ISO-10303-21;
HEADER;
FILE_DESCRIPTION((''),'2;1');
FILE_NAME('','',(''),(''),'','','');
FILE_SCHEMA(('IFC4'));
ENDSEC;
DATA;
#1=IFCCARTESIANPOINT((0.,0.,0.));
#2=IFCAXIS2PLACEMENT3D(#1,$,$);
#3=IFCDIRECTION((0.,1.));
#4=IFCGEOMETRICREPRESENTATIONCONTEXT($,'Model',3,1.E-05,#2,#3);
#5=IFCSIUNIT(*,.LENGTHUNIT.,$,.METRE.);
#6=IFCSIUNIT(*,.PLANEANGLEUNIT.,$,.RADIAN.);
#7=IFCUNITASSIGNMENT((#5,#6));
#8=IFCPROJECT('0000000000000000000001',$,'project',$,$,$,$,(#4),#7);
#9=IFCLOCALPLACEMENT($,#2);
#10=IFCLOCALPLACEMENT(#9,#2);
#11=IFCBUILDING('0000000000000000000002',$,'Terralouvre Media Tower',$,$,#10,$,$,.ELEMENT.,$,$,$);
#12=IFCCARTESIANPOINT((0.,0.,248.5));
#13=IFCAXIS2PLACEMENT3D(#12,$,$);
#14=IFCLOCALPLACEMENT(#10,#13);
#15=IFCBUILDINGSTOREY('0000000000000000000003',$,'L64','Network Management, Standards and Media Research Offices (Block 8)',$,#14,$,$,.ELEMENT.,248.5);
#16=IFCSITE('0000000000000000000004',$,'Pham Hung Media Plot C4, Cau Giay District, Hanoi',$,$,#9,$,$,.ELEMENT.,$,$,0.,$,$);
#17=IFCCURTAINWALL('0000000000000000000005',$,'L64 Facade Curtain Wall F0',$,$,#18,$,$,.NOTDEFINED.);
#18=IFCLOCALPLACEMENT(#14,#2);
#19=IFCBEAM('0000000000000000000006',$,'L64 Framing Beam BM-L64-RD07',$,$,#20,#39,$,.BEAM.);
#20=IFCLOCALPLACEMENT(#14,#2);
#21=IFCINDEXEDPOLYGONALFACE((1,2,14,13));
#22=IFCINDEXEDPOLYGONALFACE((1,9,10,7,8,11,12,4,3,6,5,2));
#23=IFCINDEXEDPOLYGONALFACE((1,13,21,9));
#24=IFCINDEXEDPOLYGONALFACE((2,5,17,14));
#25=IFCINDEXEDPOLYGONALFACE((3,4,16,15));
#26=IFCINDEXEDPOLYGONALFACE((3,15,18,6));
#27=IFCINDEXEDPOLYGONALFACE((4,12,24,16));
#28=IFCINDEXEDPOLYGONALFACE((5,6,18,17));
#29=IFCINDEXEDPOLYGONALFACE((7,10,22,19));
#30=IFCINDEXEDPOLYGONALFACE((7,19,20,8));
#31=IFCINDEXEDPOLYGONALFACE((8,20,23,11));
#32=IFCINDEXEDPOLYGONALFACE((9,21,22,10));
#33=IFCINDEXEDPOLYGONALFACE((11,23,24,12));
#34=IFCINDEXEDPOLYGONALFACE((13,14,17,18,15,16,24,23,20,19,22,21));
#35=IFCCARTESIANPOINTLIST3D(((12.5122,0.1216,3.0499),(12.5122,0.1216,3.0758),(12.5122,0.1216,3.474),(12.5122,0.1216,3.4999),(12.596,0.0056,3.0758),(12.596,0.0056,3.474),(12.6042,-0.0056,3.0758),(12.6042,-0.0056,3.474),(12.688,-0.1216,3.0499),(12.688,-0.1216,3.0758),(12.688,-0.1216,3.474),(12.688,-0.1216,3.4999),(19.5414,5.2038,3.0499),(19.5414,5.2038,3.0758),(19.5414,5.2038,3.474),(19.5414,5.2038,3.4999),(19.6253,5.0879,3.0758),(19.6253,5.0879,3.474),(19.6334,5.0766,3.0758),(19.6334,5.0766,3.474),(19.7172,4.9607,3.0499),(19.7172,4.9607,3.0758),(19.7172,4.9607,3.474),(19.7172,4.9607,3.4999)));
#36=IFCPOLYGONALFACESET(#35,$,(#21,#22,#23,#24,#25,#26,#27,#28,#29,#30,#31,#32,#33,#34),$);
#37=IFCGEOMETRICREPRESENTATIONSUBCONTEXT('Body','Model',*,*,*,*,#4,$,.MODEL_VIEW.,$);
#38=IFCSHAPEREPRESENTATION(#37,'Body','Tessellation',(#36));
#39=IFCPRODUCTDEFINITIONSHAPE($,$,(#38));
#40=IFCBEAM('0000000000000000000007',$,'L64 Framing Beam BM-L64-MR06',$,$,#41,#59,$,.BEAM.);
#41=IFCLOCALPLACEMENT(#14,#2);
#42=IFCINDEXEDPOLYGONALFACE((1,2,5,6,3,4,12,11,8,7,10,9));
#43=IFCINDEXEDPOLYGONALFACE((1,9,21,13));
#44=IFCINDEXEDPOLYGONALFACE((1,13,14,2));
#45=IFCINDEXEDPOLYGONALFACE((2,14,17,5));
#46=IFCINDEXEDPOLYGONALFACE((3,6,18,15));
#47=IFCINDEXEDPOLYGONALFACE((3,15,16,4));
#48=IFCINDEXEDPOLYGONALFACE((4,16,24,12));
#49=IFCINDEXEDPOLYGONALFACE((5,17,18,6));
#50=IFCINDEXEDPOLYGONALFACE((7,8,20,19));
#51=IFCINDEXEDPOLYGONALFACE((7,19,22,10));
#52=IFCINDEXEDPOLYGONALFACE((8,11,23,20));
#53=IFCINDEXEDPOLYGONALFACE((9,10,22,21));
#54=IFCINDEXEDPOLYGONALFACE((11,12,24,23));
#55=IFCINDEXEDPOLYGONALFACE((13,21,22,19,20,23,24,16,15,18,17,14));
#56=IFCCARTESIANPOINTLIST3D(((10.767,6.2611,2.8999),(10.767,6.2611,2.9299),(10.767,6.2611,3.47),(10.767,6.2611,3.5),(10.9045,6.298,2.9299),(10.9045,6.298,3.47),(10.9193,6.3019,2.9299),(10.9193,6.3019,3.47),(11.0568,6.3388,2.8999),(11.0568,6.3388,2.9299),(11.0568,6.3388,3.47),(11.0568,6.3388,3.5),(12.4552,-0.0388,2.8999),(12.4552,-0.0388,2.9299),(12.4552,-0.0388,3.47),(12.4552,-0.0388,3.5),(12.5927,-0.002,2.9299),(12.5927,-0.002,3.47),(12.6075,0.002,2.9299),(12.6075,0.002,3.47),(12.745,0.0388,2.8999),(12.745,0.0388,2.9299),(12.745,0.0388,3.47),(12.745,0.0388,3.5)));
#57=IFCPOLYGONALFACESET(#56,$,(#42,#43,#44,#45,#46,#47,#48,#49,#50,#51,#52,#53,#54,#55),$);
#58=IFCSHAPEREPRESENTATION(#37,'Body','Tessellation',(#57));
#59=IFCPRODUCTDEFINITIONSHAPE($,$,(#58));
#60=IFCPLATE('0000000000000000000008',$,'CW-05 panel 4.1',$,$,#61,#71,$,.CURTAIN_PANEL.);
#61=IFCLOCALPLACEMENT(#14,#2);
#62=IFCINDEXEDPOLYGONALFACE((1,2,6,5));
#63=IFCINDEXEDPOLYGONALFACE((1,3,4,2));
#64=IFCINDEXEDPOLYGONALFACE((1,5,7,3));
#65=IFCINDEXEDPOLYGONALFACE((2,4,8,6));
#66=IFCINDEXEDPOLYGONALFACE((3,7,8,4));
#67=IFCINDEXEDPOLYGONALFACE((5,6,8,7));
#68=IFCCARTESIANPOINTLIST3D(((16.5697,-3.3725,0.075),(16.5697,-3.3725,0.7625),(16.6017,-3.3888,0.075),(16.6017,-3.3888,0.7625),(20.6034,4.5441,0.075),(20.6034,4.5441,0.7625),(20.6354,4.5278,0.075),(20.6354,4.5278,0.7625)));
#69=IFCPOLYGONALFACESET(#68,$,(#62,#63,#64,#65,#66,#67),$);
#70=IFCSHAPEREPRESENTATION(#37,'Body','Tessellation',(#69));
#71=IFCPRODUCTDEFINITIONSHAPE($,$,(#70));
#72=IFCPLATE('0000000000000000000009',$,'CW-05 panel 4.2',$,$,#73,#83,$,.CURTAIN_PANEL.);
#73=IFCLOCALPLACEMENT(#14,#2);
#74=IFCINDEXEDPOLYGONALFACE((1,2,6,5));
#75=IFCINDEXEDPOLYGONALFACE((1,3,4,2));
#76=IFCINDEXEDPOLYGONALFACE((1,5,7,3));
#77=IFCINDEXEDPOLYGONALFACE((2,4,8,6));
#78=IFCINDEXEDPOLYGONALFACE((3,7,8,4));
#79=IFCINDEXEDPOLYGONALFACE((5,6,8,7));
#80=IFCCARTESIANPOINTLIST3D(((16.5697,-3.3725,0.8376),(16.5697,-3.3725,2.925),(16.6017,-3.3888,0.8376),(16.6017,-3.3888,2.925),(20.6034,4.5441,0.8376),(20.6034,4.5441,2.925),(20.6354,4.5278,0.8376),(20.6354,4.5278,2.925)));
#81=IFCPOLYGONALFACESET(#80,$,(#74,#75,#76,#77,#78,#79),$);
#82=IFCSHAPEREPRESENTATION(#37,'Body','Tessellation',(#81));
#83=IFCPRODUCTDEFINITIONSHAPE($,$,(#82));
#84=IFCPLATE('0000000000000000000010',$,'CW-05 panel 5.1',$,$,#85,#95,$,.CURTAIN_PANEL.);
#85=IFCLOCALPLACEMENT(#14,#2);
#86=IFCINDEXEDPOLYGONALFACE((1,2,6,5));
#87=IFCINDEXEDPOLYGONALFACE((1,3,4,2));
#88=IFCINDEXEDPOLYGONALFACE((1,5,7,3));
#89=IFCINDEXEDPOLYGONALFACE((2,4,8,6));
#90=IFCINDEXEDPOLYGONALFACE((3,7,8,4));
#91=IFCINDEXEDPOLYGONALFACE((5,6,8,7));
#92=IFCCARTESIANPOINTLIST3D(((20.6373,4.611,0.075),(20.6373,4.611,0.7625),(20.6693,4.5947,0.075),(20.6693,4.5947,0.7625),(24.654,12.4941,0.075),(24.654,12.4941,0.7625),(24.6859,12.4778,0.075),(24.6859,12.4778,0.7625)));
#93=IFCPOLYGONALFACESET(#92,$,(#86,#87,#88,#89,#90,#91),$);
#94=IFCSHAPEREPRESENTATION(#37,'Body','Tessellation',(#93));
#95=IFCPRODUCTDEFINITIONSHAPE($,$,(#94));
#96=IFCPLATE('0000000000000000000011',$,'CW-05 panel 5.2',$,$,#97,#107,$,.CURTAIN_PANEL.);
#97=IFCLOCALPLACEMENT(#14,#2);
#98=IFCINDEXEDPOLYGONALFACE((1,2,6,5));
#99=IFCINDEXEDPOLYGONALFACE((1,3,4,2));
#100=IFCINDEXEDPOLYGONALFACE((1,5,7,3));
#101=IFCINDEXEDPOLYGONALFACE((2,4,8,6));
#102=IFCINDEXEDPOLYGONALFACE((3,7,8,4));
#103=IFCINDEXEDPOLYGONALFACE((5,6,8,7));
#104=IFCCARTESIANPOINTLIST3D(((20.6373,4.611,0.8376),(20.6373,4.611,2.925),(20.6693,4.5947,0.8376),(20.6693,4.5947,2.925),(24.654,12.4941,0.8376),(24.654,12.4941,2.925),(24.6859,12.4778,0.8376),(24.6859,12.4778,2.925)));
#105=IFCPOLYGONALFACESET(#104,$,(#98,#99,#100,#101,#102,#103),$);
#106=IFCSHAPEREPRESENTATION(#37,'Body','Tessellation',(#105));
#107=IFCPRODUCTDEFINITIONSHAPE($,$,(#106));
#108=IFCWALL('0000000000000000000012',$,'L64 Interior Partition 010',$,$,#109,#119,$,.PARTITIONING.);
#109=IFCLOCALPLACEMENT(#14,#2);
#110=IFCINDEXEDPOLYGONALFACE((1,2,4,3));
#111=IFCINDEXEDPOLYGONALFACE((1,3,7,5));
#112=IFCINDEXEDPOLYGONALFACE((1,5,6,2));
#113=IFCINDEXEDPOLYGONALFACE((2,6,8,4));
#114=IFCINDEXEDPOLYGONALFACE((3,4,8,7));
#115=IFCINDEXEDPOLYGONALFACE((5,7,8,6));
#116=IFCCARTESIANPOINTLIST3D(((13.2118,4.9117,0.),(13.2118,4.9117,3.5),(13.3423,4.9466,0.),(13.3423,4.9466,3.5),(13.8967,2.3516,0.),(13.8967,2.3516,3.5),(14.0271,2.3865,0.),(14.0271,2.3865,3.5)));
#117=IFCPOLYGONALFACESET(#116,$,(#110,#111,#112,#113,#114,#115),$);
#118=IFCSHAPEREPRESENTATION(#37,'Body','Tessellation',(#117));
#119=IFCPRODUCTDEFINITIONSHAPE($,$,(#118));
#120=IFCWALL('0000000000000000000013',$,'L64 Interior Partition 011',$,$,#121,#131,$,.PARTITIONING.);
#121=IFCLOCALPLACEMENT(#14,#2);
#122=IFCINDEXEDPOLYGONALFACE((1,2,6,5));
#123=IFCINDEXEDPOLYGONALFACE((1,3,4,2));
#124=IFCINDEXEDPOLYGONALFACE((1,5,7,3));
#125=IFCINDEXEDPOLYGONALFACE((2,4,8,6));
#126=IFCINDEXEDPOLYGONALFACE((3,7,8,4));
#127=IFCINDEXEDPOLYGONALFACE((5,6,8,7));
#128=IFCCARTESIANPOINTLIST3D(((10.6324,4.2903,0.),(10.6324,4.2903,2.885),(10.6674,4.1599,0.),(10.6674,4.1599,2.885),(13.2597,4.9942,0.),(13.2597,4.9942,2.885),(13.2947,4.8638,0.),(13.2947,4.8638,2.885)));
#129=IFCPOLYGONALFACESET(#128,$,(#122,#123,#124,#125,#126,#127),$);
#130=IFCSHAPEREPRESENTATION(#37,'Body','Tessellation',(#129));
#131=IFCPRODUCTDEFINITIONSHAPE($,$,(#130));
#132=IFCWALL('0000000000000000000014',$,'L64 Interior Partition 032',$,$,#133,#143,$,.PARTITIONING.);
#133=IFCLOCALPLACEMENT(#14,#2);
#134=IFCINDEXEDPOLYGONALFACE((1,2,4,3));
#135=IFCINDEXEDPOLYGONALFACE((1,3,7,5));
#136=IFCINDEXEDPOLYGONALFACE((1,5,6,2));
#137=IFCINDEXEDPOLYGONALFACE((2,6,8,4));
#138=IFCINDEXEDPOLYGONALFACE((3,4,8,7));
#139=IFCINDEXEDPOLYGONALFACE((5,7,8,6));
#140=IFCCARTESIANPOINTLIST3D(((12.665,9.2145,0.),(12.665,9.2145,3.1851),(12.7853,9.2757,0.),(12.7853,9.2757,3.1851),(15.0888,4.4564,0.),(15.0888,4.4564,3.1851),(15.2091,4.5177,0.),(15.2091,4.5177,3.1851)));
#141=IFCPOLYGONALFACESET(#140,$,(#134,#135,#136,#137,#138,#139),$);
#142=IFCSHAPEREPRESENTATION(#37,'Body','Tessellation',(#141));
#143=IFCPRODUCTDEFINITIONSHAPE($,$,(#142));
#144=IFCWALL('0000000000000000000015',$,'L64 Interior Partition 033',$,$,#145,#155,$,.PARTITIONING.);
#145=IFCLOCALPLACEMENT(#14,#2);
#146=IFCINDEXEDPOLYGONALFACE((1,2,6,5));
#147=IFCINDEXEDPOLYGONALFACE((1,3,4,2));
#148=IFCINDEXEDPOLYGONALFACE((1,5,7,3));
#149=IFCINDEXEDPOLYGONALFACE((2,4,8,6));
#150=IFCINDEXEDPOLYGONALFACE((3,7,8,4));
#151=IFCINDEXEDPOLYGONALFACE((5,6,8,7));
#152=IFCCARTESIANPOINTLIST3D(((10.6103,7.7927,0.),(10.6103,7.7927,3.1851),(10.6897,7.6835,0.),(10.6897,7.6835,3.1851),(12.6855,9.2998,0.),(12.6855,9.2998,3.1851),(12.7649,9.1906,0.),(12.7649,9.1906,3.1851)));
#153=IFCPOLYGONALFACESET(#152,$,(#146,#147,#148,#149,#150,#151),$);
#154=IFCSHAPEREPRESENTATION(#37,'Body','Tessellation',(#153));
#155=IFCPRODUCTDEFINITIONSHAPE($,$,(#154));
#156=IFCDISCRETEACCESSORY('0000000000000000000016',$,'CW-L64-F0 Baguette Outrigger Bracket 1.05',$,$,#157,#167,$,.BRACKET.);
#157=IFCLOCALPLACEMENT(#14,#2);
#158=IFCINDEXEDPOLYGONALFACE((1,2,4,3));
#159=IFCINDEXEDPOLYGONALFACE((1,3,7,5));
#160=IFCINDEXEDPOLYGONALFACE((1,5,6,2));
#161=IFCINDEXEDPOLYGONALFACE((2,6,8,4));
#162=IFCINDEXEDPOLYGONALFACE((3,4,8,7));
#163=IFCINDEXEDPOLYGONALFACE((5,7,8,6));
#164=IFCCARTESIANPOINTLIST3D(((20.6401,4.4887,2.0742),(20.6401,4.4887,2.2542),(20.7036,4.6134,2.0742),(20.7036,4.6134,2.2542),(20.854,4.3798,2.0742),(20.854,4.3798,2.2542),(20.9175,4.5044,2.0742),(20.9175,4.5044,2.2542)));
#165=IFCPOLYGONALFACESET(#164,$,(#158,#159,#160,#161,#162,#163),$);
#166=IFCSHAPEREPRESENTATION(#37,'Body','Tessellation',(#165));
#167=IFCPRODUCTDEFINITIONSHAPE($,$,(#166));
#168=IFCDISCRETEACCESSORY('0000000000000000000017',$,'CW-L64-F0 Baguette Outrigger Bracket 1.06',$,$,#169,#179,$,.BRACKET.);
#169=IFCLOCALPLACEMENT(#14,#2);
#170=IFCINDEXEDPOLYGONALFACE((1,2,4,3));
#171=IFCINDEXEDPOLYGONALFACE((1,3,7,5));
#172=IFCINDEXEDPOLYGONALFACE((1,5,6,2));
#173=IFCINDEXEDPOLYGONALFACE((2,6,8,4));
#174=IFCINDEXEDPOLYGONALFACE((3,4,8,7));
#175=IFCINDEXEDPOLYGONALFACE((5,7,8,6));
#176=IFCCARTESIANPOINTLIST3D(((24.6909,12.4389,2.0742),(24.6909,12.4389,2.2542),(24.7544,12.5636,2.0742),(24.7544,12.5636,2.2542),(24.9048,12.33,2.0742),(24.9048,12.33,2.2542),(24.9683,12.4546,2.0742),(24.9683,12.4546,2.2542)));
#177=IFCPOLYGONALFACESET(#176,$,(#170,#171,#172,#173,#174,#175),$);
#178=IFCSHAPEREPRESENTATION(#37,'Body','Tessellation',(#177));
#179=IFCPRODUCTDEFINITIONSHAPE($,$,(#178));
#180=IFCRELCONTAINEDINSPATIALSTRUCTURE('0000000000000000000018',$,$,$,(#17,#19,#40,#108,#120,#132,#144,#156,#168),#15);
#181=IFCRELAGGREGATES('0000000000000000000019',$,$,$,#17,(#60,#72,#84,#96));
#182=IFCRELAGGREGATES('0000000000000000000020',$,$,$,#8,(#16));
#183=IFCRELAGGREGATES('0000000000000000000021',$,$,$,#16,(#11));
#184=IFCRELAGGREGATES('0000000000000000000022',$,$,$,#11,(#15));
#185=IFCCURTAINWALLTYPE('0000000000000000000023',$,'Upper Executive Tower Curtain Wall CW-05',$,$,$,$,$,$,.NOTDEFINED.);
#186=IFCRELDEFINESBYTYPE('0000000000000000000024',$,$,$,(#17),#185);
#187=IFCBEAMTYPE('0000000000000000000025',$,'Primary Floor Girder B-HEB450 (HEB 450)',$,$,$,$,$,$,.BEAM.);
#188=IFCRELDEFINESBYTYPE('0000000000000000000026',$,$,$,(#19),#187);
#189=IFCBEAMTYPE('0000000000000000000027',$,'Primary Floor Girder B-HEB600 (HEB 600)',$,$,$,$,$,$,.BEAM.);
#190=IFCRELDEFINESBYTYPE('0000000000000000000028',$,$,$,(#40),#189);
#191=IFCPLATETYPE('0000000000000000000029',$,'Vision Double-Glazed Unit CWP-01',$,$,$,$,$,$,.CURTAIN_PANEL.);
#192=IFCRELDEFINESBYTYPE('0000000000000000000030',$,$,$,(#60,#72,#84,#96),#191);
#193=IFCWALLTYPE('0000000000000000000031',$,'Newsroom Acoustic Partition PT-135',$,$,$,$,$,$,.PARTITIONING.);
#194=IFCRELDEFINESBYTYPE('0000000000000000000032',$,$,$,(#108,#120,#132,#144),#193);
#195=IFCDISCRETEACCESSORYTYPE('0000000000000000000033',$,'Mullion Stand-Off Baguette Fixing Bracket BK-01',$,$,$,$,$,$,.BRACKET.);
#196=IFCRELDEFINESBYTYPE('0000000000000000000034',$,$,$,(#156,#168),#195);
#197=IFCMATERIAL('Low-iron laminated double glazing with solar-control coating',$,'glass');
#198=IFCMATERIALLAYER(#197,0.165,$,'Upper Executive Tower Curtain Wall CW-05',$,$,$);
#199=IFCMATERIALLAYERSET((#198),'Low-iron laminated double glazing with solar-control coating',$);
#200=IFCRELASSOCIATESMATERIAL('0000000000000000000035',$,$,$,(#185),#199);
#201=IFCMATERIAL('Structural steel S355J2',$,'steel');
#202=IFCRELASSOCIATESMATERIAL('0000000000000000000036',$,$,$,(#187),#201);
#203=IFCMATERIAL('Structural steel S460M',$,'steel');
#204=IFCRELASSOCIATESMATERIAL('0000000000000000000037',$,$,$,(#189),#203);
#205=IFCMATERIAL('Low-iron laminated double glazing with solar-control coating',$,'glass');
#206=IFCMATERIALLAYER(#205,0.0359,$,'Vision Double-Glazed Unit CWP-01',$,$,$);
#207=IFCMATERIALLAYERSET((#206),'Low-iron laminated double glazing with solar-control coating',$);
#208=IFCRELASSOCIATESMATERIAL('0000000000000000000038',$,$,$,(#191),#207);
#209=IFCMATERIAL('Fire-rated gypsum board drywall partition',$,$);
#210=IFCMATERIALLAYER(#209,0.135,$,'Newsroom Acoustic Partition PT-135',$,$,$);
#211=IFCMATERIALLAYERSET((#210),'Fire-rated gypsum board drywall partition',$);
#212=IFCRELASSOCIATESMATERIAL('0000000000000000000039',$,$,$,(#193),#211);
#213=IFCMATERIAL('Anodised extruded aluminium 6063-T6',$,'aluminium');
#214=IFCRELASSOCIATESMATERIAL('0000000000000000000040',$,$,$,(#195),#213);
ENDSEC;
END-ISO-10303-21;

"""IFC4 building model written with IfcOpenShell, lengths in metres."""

from ifc_helpers import new_model, si_unit, direction, frame, frame_2d, origin, origin_2d, place, context, subcontext, project, spatial, rectangle, i_section, extrude, material, layer, layer_set, material_profile, profile_set, type_object, element, aggregate, save


model = new_model("IFC4")

# Units and contexts
model_context = context("Model", 3, precision=1e-05, world=origin(), true_north=direction((0.0, 1.0)))
body_context = subcontext(model_context, "Body", "Model", "MODEL_VIEW")
ifc_project = project(units=[si_unit("LENGTHUNIT", "METRE"), si_unit("PLANEANGLEUNIT", "RADIAN")], contexts=[model_context])

# Site, building, storey
site_placement = place(None, origin())
site = spatial("IfcSite", under=ifc_project, at=site_placement, Name="Pham Hung Media Plot C4, Cau Giay District, Hanoi", CompositionType="ELEMENT", RefElevation=0.0)
building_placement = place(site_placement, origin())
building = spatial("IfcBuilding", under=site, at=building_placement, Name="Terralouvre Media Tower", CompositionType="ELEMENT")
storey_placement = place(building_placement, frame((0.0, 0.0, 248.5)))
storey = spatial("IfcBuildingStorey", under=building, at=storey_placement, Name="L64", Description="Network Management, Standards and Media Research Offices (Block 8)", CompositionType="ELEMENT", Elevation=248.5)

# Curtain wall
ifc_material_1 = material(Name="Low-iron laminated double glazing with solar-control coating", Category="glass")
ifc_layer_1 = layer(ifc_material_1, 0.165, Name="Upper Executive Tower Curtain Wall CW-05")
ifc_layer_set_1 = layer_set([ifc_layer_1], Name="Low-iron laminated double glazing with solar-control coating")
curtain_wall_type_1 = type_object("IfcCurtainWallType", Name="Upper Executive Tower Curtain Wall CW-05", PredefinedType="NOTDEFINED", material=ifc_layer_set_1)
curtain_wall_1_placement = place(storey_placement, origin())
curtain_wall_1 = element("IfcCurtainWall", 1, at=curtain_wall_1_placement, inside=storey, type_object=curtain_wall_type_1, Name="L64 Facade Curtain Wall F0", PredefinedType="NOTDEFINED")

# Beams
ifc_material_2 = material(Name="Structural steel S355J2", Category="steel")
ifc_material_profile_1 = material_profile(ifc_material_2, i_section(OverallWidth=0.3, OverallDepth=0.45, WebThickness=0.0139, FlangeThickness=0.0259, at=origin_2d()), Name="HEB 450")
ifc_profile_set_1 = profile_set([ifc_material_profile_1], Name="Structural steel S355J2")
beam_type_1 = type_object("IfcBeamType", Name="Primary Floor Girder B-HEB450 (HEB 450)", PredefinedType="BEAM", material=ifc_profile_set_1)
beam_1_placement = place(storey_placement, frame((12.6001, 0.0, 3.2749), z_axis=(0.810375, 0.585912, 0.0), x_axis=(-0.585912, 0.810375, 0.0)))
element("IfcBeam", 2, at=beam_1_placement, inside=storey, type_object=beam_type_1, Name="L64 Framing Beam BM-L64-RD07", PredefinedType="BEAM", context=body_context, shape_type="SweptSolid", body=[
    extrude(i_section(OverallWidth=0.3, OverallDepth=0.45, WebThickness=0.0139, FlangeThickness=0.0259, at=origin_2d()), origin(), (0.0, 0.0, 1.0), 8.6741),
])
ifc_material_3 = material(Name="Structural steel S460M", Category="steel")
ifc_material_profile_2 = material_profile(ifc_material_3, i_section(OverallWidth=0.3, OverallDepth=0.6001, WebThickness=0.0154, FlangeThickness=0.03, at=origin_2d()), Name="HEB 600")
ifc_profile_set_2 = profile_set([ifc_material_profile_2], Name="Structural steel S460M")
beam_type_2 = type_object("IfcBeamType", Name="Primary Floor Girder B-HEB600 (HEB 600)", PredefinedType="BEAM", material=ifc_profile_set_2)
beam_2_placement = place(storey_placement, frame((12.6001, 0.0, 3.2), z_axis=(-0.258839, 0.96592, 0.0), x_axis=(-0.96592, -0.258839, 0.0)))
element("IfcBeam", 3, at=beam_2_placement, inside=storey, type_object=beam_type_2, Name="L64 Framing Beam BM-L64-MR06", PredefinedType="BEAM", context=body_context, shape_type="SweptSolid", body=[
    extrude(i_section(OverallWidth=0.3, OverallDepth=0.6001, WebThickness=0.0154, FlangeThickness=0.03, at=origin_2d()), origin(), (0.0, 0.0, 1.0), 6.5222),
])

# Plates
ifc_material_4 = material(Name="Low-iron laminated double glazing with solar-control coating", Category="glass")
ifc_layer_2 = layer(ifc_material_4, 0.0359, Name="Vision Double-Glazed Unit CWP-01")
ifc_layer_set_2 = layer_set([ifc_layer_2], Name="Low-iron laminated double glazing with solar-control coating")
plate_type = type_object("IfcPlateType", Name="Vision Double-Glazed Unit CWP-01", PredefinedType="CURTAIN_PANEL", material=ifc_layer_set_2)
plate_1_placement = place(storey_placement, frame((18.6025, 0.5776, 0.075), z_axis=(0.0, 0.0, 1.0), x_axis=(0.45399, 0.891007, 0.0)))
plate_1 = element("IfcPlate", 4, at=plate_1_placement, type_object=plate_type, Name="CW-05 panel 4.1", PredefinedType="CURTAIN_PANEL", context=body_context, shape_type="SweptSolid", body=[
    extrude(rectangle(XDim=8.885, YDim=0.0359, at=origin_2d()), origin(), (0.0, 0.0, 1.0), 0.6875),
])
plate_2_placement = place(storey_placement, frame((18.6025, 0.5776, 0.8376), z_axis=(0.0, 0.0, 1.0), x_axis=(0.45399, 0.891007, 0.0)))
plate_2 = element("IfcPlate", 5, at=plate_2_placement, type_object=plate_type, Name="CW-05 panel 4.2", PredefinedType="CURTAIN_PANEL", context=body_context, shape_type="SweptSolid", body=[
    extrude(rectangle(XDim=8.885, YDim=0.0359, at=origin_2d()), origin(), (0.0, 0.0, 1.0), 2.0874),
])
plate_3_placement = place(storey_placement, frame((22.6616, 8.5444, 0.075), z_axis=(0.0, 0.0, 1.0), x_axis=(0.45399, 0.891007, 0.0)))
plate_3 = element("IfcPlate", 6, at=plate_3_placement, type_object=plate_type, Name="CW-05 panel 5.1", PredefinedType="CURTAIN_PANEL", context=body_context, shape_type="SweptSolid", body=[
    extrude(rectangle(XDim=8.8474, YDim=0.0359, at=origin_2d()), origin(), (0.0, 0.0, 1.0), 0.6875),
])
plate_4_placement = place(storey_placement, frame((22.6616, 8.5444, 0.8376), z_axis=(0.0, 0.0, 1.0), x_axis=(0.45399, 0.891007, 0.0)))
plate_4 = element("IfcPlate", 7, at=plate_4_placement, type_object=plate_type, Name="CW-05 panel 5.2", PredefinedType="CURTAIN_PANEL", context=body_context, shape_type="SweptSolid", body=[
    extrude(rectangle(XDim=8.8474, YDim=0.0359, at=origin_2d()), origin(), (0.0, 0.0, 1.0), 2.0874),
])
aggregate(curtain_wall_1, [plate_1, plate_2, plate_3, plate_4])

# Walls
ifc_material_5 = material(Name="Fire-rated gypsum board drywall partition")
ifc_layer_3 = layer(ifc_material_5, 0.135, Name="Newsroom Acoustic Partition PT-135")
ifc_layer_set_3 = layer_set([ifc_layer_3], Name="Fire-rated gypsum board drywall partition")
wall_type = type_object("IfcWallType", Name="Newsroom Acoustic Partition PT-135", PredefinedType="PARTITIONING", material=ifc_layer_set_3)
wall_1_placement = place(storey_placement, frame((13.9619, 2.3689, 0.0), z_axis=(0.0, 0.0, 1.0), x_axis=(-0.258414, 0.966034, 0.0)))
element("IfcWall", 8, at=wall_1_placement, inside=storey, type_object=wall_type, Name="L64 Interior Partition 010", PredefinedType="PARTITIONING", context=body_context, shape_type="SweptSolid", body=[
    extrude(rectangle(XDim=2.6501, YDim=0.135, at=frame_2d((1.3252, 0.0))), origin(), (0.0, 0.0, 1.0), 3.5),
])
wall_2_placement = place(storey_placement, frame((13.2771, 4.929, 0.0), z_axis=(0.0, 0.0, 1.0), x_axis=(-0.965935, -0.258785, 0.0)))
element("IfcWall", 9, at=wall_2_placement, inside=storey, type_object=wall_type, Name="L64 Interior Partition 011", PredefinedType="PARTITIONING", context=body_context, shape_type="SweptSolid", body=[
    extrude(rectangle(XDim=2.72, YDim=0.135, at=frame_2d((1.3599, 0.0))), origin(), (0.0, 0.0, 1.0), 2.885),
])
wall_3_placement = place(storey_placement, frame((15.1489, 4.4871, 0.0), z_axis=(0.0, 0.0, 1.0), x_axis=(-0.453913, 0.891046, 0.0)))
element("IfcWall", 10, at=wall_3_placement, inside=storey, type_object=wall_type, Name="L64 Interior Partition 032", PredefinedType="PARTITIONING", context=body_context, shape_type="SweptSolid", body=[
    extrude(rectangle(XDim=5.3398, YDim=0.135, at=frame_2d((2.6699, 0.0))), origin(), (0.0, 0.0, 1.0), 3.1851),
])
wall_4_placement = place(storey_placement, frame((12.7251, 9.2451, 0.0), z_axis=(0.0, 0.0, 1.0), x_axis=(-0.809135, -0.587623, 0.0)))
element("IfcWall", 11, at=wall_4_placement, inside=storey, type_object=wall_type, Name="L64 Interior Partition 033", PredefinedType="PARTITIONING", context=body_context, shape_type="SweptSolid", body=[
    extrude(rectangle(XDim=2.5647, YDim=0.135, at=frame_2d((1.2822, 0.0))), origin(), (0.0, 0.0, 1.0), 3.1851),
])

# Discrete accessories
ifc_material_6 = material(Name="Anodised extruded aluminium 6063-T6", Category="aluminium")
discrete_accessory_type = type_object("IfcDiscreteAccessoryType", Name="Mullion Stand-Off Baguette Fixing Bracket BK-01", PredefinedType="BRACKET", material=ifc_material_6)
for number, where, z_axis, x_axis, name in (
    (12, (20.7788, 4.4966, 2.0742), (0.0, 0.0, 1.0), (0.45399, 0.891007, 0.0), "CW-L64-F0 Baguette Outrigger Bracket 1.05"),
    (13, (24.8296, 12.4468, 2.0742), (0.0, 0.0, 1.0), (0.45399, 0.891007, 0.0), "CW-L64-F0 Baguette Outrigger Bracket 1.06"),
):
    element("IfcDiscreteAccessory", number, at=place(storey_placement, frame(where, z_axis=z_axis, x_axis=x_axis)), inside=storey, type_object=discrete_accessory_type, Name=name, PredefinedType="BRACKET", context=body_context, shape_type="SweptSolid", body=[
        extrude(rectangle(XDim=0.1399, YDim=0.24, at=origin_2d()), origin(), (0.0, 0.0, 1.0), 0.1799),
    ])

save(model, "model.ifc")
